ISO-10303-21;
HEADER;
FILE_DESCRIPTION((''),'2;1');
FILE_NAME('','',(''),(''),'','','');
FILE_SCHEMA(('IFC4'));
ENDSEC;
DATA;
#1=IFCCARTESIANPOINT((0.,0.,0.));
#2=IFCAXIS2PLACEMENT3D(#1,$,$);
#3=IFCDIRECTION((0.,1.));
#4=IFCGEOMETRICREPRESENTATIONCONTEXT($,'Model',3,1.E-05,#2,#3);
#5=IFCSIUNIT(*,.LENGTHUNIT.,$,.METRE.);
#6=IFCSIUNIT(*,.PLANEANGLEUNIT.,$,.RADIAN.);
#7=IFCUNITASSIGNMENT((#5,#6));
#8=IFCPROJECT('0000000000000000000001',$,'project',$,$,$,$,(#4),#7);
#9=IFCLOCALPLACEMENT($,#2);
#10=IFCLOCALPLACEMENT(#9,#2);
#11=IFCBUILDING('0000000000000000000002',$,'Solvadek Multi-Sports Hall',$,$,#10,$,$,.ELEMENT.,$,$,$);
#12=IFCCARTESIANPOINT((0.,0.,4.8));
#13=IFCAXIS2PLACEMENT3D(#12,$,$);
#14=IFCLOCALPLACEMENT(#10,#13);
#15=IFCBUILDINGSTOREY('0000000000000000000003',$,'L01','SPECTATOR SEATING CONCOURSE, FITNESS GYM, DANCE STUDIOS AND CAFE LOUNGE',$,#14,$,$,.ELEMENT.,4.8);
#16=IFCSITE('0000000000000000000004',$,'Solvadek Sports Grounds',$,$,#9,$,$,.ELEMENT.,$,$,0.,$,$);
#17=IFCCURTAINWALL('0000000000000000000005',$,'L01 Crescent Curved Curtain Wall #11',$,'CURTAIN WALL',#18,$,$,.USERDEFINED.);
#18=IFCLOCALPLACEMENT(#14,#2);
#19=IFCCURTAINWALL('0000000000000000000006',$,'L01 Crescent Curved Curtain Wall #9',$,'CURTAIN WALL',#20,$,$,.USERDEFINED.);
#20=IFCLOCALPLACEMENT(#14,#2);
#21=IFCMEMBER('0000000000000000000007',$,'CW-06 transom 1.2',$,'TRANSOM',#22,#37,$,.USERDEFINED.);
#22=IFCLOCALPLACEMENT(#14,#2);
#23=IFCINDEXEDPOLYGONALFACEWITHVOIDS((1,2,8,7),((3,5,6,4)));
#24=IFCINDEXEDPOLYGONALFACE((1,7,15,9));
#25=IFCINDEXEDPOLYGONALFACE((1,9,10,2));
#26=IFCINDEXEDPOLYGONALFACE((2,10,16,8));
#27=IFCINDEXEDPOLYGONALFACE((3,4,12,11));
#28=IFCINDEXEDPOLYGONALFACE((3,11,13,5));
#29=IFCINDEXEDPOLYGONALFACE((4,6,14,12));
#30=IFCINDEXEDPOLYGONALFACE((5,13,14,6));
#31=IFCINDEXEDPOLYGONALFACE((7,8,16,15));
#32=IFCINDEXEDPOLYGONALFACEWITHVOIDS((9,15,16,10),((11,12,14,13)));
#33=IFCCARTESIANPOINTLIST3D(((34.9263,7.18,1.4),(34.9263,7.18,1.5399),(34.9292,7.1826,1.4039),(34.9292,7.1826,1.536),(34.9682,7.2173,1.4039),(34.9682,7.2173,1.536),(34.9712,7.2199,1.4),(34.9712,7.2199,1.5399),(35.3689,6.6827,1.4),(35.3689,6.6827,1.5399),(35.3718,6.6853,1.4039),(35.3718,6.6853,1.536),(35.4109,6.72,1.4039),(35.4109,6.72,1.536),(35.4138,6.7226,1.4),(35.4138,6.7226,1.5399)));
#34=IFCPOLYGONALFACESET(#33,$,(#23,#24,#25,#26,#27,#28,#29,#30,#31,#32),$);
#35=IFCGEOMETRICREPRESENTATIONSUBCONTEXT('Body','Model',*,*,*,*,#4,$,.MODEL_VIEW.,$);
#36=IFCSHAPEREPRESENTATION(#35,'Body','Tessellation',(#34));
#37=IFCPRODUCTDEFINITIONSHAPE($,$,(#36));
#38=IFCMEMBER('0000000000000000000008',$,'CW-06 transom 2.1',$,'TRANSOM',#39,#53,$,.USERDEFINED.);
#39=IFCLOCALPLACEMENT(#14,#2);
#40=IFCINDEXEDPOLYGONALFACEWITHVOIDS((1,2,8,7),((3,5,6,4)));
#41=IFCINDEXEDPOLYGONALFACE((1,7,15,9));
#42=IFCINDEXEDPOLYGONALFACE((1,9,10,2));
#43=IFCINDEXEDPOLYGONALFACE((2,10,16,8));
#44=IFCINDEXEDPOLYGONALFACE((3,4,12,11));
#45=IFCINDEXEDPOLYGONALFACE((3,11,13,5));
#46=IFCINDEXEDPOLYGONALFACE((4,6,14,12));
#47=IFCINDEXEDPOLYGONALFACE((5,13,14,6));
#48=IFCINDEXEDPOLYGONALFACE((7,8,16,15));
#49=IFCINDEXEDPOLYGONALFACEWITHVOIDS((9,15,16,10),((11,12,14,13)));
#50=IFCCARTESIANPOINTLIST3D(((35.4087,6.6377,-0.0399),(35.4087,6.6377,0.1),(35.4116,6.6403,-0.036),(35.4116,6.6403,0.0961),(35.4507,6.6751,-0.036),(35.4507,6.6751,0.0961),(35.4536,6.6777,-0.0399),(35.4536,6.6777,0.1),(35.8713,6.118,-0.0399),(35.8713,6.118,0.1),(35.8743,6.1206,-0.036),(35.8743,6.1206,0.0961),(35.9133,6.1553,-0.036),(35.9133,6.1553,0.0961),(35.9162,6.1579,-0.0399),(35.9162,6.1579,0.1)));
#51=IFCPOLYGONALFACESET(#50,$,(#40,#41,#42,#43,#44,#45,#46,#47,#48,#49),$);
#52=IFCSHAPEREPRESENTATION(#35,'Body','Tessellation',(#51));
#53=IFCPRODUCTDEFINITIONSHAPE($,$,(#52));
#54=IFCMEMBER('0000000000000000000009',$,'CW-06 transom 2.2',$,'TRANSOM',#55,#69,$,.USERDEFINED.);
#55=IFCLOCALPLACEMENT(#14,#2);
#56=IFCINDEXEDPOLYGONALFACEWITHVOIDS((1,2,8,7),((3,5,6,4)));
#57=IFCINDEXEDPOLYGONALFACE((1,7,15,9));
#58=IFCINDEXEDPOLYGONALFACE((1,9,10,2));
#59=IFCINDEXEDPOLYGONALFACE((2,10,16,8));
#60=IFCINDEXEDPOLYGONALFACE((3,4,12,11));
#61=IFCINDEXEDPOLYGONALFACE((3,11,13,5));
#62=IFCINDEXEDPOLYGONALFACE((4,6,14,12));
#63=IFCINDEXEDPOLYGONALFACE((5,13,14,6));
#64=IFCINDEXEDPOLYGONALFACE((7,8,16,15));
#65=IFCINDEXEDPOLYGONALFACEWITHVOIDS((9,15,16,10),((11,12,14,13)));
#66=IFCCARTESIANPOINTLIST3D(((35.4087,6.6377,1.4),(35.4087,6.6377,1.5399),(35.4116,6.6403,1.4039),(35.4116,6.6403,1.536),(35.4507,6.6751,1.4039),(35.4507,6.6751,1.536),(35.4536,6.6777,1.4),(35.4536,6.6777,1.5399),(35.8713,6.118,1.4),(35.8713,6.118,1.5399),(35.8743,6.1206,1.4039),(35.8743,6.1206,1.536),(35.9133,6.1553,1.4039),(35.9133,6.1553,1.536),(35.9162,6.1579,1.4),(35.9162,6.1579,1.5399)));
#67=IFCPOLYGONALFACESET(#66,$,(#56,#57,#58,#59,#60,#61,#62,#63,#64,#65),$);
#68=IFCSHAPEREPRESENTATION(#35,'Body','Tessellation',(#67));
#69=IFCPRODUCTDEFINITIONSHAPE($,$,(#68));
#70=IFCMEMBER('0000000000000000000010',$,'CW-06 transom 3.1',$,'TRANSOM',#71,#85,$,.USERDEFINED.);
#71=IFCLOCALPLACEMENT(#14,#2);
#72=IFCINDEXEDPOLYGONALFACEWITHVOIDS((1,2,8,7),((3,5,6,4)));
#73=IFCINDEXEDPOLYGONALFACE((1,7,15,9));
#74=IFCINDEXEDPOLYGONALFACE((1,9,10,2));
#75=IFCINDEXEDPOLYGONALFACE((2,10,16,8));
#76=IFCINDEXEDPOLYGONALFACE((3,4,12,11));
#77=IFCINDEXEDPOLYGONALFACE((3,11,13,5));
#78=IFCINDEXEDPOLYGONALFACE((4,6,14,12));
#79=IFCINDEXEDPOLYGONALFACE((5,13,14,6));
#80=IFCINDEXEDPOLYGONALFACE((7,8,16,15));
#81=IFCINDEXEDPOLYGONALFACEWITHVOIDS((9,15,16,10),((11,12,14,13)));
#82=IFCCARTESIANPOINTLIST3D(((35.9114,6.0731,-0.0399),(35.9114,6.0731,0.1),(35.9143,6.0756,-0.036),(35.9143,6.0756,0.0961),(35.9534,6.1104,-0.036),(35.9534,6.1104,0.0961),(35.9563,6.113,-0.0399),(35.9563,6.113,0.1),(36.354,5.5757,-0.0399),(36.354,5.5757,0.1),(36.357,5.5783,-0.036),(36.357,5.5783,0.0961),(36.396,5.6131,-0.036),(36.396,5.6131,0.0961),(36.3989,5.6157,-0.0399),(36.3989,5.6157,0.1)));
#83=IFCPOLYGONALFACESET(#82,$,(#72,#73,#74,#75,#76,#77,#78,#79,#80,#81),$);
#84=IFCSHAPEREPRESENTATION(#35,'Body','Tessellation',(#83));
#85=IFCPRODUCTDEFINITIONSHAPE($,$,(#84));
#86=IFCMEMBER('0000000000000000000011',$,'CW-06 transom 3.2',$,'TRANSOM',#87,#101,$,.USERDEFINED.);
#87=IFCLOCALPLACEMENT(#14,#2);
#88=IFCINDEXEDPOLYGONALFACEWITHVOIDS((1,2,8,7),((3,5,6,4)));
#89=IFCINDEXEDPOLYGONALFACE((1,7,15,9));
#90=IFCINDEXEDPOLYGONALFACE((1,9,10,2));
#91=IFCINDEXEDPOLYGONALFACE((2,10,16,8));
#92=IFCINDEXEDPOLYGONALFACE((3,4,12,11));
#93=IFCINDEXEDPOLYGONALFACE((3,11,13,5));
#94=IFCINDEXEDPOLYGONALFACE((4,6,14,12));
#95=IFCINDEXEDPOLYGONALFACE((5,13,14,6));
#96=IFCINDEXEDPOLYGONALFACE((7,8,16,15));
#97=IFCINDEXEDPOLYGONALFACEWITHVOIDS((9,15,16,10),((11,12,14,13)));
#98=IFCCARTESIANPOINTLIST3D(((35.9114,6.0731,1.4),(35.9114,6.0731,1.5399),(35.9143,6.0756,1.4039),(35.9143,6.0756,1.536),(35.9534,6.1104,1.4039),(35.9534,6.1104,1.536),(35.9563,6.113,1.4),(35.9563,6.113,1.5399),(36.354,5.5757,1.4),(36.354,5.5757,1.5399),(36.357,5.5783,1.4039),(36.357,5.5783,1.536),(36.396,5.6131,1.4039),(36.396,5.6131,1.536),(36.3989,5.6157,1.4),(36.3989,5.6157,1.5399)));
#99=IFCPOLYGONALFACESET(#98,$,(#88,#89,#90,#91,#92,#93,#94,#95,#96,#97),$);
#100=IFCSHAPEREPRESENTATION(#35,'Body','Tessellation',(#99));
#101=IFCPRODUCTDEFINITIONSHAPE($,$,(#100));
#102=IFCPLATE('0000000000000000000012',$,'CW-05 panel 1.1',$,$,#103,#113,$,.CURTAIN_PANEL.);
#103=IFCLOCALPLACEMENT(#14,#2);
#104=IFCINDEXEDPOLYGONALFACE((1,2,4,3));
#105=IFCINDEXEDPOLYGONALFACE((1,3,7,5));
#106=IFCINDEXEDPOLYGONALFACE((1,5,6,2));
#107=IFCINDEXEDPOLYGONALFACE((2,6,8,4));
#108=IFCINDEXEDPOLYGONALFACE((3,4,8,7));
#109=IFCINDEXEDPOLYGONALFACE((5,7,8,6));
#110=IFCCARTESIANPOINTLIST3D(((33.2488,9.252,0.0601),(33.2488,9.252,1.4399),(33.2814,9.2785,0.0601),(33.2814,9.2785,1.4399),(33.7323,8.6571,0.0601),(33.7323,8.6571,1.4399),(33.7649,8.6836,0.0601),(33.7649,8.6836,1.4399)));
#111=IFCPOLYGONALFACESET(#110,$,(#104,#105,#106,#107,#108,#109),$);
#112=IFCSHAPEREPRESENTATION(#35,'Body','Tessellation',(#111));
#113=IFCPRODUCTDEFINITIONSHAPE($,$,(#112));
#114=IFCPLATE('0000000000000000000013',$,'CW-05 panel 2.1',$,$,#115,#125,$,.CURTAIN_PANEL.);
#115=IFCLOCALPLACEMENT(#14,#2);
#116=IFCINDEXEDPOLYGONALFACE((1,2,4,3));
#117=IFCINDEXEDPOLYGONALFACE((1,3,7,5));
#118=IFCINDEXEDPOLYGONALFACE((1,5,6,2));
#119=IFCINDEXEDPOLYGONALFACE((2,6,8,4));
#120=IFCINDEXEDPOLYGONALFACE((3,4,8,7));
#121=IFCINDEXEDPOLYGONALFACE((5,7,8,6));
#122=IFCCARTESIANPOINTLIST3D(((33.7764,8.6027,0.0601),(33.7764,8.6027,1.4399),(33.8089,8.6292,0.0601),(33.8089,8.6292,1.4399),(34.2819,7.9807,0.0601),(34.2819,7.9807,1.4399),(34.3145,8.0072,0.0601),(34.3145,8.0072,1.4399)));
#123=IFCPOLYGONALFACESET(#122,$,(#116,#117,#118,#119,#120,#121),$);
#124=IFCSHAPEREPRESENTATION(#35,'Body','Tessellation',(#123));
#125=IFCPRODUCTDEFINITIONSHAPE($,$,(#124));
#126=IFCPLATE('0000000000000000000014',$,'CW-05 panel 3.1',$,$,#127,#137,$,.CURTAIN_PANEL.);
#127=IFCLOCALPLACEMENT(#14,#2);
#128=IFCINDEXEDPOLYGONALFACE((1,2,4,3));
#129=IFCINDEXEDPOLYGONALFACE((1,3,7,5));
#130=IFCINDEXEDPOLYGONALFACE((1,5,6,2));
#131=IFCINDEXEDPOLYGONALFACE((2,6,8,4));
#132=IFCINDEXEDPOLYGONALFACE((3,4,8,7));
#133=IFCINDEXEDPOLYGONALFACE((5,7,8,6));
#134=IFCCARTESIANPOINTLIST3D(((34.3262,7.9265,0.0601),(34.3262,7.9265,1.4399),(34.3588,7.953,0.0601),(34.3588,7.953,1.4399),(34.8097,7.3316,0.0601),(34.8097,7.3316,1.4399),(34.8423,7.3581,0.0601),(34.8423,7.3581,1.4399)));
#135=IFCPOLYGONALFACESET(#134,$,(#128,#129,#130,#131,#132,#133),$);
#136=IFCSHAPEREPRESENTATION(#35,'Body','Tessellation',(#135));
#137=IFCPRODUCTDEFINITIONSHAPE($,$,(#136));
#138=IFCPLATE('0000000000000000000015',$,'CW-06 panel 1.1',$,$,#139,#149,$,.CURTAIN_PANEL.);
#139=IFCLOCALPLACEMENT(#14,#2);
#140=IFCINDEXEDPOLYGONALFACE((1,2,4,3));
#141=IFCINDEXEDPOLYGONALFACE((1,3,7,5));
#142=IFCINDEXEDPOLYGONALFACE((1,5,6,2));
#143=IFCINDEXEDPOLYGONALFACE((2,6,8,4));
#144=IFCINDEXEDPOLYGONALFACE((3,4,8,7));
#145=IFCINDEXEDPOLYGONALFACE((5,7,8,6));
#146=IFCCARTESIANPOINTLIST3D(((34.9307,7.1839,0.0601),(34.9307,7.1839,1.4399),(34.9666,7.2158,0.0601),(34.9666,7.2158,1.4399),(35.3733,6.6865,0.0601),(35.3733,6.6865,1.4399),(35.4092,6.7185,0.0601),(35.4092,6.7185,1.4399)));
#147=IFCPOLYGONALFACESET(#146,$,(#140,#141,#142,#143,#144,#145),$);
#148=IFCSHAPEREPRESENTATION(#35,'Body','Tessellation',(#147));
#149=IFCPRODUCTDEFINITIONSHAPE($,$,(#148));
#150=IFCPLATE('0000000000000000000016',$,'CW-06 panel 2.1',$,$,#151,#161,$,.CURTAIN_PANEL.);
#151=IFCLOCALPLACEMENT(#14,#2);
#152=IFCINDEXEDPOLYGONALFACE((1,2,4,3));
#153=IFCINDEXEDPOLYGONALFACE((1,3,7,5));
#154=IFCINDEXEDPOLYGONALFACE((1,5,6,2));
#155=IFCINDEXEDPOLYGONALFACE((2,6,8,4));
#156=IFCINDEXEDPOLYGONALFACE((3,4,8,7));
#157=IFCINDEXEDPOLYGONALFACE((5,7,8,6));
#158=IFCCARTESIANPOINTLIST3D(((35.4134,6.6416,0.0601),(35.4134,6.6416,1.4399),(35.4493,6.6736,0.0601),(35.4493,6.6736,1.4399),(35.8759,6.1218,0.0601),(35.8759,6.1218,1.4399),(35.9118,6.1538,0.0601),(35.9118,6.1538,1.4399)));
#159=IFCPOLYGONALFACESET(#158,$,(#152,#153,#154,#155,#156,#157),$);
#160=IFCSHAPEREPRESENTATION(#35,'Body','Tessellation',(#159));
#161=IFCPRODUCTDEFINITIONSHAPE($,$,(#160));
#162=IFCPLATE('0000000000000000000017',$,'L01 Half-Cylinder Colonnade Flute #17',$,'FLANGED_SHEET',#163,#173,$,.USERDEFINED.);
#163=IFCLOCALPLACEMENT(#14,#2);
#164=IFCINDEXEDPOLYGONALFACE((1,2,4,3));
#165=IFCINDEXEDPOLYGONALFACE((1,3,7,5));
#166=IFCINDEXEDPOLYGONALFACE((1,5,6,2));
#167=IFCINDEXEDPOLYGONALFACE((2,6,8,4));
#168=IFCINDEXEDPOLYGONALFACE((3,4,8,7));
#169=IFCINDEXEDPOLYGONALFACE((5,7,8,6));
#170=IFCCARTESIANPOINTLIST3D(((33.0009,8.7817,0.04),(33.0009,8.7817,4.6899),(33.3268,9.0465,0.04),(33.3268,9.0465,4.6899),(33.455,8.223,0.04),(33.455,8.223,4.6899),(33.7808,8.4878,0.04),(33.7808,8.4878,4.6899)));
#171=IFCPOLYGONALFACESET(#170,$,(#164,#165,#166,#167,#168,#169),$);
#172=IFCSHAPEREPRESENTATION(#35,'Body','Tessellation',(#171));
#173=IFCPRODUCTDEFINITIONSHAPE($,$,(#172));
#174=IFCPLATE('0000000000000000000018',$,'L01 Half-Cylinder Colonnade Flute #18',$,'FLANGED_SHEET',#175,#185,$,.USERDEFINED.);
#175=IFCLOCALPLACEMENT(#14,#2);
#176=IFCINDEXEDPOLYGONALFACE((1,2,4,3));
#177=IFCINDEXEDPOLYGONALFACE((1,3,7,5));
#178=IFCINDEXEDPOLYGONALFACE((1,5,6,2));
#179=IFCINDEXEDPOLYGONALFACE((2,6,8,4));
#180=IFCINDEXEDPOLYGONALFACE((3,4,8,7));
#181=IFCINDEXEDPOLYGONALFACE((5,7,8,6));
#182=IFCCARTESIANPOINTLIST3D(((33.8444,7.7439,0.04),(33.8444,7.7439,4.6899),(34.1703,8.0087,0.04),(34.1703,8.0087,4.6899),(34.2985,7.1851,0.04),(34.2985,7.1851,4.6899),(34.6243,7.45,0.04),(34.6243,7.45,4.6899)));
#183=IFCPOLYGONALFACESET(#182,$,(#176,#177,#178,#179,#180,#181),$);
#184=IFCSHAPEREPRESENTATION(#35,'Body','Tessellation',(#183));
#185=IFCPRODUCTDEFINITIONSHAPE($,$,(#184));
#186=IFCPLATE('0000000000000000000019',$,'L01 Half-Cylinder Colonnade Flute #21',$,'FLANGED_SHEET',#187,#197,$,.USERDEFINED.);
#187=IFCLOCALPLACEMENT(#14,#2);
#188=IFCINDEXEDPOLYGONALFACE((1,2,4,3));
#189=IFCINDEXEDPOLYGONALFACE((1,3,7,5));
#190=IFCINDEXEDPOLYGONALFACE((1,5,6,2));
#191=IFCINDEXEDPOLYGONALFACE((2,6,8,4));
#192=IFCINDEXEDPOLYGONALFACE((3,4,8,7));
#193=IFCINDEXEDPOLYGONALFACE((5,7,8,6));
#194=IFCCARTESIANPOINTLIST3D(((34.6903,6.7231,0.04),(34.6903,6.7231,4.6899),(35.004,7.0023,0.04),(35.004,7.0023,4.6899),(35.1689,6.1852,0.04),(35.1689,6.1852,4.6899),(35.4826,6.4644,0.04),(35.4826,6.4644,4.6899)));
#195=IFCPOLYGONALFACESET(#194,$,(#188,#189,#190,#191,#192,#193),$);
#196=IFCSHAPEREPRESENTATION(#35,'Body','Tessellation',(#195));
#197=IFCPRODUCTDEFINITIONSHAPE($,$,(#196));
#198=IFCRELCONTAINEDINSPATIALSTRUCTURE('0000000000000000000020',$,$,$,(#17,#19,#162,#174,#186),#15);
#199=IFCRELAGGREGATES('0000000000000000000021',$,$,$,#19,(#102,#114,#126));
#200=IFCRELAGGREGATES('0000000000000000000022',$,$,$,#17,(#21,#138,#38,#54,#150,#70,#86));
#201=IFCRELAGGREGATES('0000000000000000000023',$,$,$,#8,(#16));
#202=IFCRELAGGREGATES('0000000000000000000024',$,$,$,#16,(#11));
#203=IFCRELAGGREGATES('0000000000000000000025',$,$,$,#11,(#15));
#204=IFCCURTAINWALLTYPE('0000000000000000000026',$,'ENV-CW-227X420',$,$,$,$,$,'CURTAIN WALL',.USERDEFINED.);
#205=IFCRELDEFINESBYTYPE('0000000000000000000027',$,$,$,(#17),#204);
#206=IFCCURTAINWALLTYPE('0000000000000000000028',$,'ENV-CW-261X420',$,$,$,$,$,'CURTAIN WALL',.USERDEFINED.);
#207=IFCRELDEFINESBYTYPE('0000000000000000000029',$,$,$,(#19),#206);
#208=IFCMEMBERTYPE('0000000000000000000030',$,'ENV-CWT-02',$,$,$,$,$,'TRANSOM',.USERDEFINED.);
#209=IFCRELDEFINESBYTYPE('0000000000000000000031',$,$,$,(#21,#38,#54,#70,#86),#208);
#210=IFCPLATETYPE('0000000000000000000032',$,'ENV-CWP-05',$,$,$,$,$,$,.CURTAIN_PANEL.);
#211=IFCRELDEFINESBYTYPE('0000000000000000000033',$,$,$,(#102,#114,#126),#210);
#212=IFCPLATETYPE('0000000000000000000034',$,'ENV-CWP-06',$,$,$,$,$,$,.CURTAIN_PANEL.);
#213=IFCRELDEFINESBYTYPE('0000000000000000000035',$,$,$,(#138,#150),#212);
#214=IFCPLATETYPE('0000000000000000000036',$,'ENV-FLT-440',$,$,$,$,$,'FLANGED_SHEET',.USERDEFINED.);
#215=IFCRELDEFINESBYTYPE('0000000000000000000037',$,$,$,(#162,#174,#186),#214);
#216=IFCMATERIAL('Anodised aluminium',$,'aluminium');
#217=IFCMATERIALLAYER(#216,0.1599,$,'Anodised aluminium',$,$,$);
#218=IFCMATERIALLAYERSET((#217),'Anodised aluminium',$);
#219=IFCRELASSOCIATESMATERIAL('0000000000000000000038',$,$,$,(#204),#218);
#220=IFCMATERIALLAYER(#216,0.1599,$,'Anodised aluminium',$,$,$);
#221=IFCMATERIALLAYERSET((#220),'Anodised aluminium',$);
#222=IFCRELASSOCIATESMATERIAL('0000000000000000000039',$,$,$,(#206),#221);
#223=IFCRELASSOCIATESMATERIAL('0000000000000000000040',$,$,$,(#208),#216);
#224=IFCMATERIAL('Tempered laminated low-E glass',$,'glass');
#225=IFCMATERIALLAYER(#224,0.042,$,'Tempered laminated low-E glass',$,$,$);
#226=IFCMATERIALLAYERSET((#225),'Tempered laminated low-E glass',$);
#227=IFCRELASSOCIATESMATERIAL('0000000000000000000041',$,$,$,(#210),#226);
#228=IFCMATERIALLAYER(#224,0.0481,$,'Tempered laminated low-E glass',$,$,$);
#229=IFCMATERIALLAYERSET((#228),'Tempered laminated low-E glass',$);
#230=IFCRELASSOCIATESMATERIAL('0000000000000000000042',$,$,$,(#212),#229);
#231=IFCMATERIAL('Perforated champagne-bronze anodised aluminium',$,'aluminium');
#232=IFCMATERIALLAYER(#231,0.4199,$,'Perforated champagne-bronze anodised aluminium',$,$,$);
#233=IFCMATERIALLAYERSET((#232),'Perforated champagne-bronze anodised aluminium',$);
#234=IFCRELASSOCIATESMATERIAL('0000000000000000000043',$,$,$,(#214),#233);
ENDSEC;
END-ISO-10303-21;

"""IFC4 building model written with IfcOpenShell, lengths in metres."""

from ifc_helpers import new_model, si_unit, direction, frame, origin, origin_2d, place, context, subcontext, project, spatial, rectangle, hollow_rectangle, extrude, material, layer, layer_set, material_profile, profile_set, type_object, element, aggregate, save


model = new_model("IFC4")

# Units and contexts
model_context = context("Model", 3, precision=1e-05, world=origin(), true_north=direction((0.0, 1.0)))
body_context = subcontext(model_context, "Body", "Model", "MODEL_VIEW")
ifc_project = project(units=[si_unit("LENGTHUNIT", "METRE"), si_unit("PLANEANGLEUNIT", "RADIAN")], contexts=[model_context])

# Site, building, storey
site_placement = place(None, origin())
site = spatial("IfcSite", under=ifc_project, at=site_placement, Name="Solvadek Sports Grounds", CompositionType="ELEMENT", RefElevation=0.0)
building_placement = place(site_placement, origin())
building = spatial("IfcBuilding", under=site, at=building_placement, Name="Solvadek Multi-Sports Hall", CompositionType="ELEMENT")
storey_placement = place(building_placement, frame((0.0, 0.0, 4.8)))
storey = spatial("IfcBuildingStorey", under=building, at=storey_placement, Name="L01", Description="SPECTATOR SEATING CONCOURSE, FITNESS GYM, DANCE STUDIOS AND CAFE LOUNGE", CompositionType="ELEMENT", Elevation=4.8)

# Curtain walls
ifc_material_1 = material(Name="Anodised aluminium", Category="aluminium")
ifc_layer_1 = layer(ifc_material_1, 0.1599, Name="Anodised aluminium")
ifc_layer_set_1 = layer_set([ifc_layer_1], Name="Anodised aluminium")
curtain_wall_type_1 = type_object("IfcCurtainWallType", Name="ENV-CW-227X420", ElementType="CURTAIN WALL", PredefinedType="USERDEFINED", material=ifc_layer_set_1)
curtain_wall_1_placement = place(storey_placement, origin())
curtain_wall_1 = element("IfcCurtainWall", 1, at=curtain_wall_1_placement, inside=storey, type_object=curtain_wall_type_1, Name="L01 Crescent Curved Curtain Wall #11", ObjectType="CURTAIN WALL", PredefinedType="USERDEFINED")
ifc_layer_2 = layer(ifc_material_1, 0.1599, Name="Anodised aluminium")
ifc_layer_set_2 = layer_set([ifc_layer_2], Name="Anodised aluminium")
curtain_wall_type_2 = type_object("IfcCurtainWallType", Name="ENV-CW-261X420", ElementType="CURTAIN WALL", PredefinedType="USERDEFINED", material=ifc_layer_set_2)
curtain_wall_2_placement = place(storey_placement, origin())
curtain_wall_2 = element("IfcCurtainWall", 2, at=curtain_wall_2_placement, inside=storey, type_object=curtain_wall_type_2, Name="L01 Crescent Curved Curtain Wall #9", ObjectType="CURTAIN WALL", PredefinedType="USERDEFINED")

# Members
ifc_material_profile_1 = material_profile(ifc_material_1, hollow_rectangle(XDim=0.0601, YDim=0.1399, WallThickness=0.0039, at=origin_2d()), Name="ALU-T 140x60x4")
ifc_profile_set_1 = profile_set([ifc_material_profile_1], Name="Anodised aluminium")
member_type_1 = type_object("IfcMemberType", Name="ENV-CWT-02", ElementType="TRANSOM", PredefinedType="USERDEFINED", material=ifc_profile_set_1)
member_1_placement = place(storey_placement, frame((34.9487, 7.2, 1.47), z_axis=(0.664842, -0.746984, 0.0), x_axis=(0.746984, 0.664842, 0.0)))
member_1 = element("IfcMember", 3, at=member_1_placement, type_object=member_type_1, Name="CW-06 transom 1.2", ObjectType="TRANSOM", PredefinedType="USERDEFINED", context=body_context, shape_type="SweptSolid", body=[
    extrude(hollow_rectangle(XDim=0.0601, YDim=0.1399, WallThickness=0.0039, at=origin_2d()), origin(), (0.0, 0.0, 1.0), 0.6658),
])
member_2_placement = place(storey_placement, frame((35.4312, 6.6577, 0.03), z_axis=(0.664865, -0.746964, 0.0), x_axis=(0.746964, 0.664865, 0.0)))
member_2 = element("IfcMember", 4, at=member_2_placement, type_object=member_type_1, Name="CW-06 transom 2.1", ObjectType="TRANSOM", PredefinedType="USERDEFINED", context=body_context, shape_type="SweptSolid", body=[
    extrude(hollow_rectangle(XDim=0.0601, YDim=0.1399, WallThickness=0.0039, at=origin_2d()), origin(), (0.0, 0.0, 1.0), 0.6958),
])
member_3_placement = place(storey_placement, frame((35.4312, 6.6577, 1.47), z_axis=(0.664865, -0.746964, 0.0), x_axis=(0.746964, 0.664865, 0.0)))
member_3 = element("IfcMember", 5, at=member_3_placement, type_object=member_type_1, Name="CW-06 transom 2.2", ObjectType="TRANSOM", PredefinedType="USERDEFINED", context=body_context, shape_type="SweptSolid", body=[
    extrude(hollow_rectangle(XDim=0.0601, YDim=0.1399, WallThickness=0.0039, at=origin_2d()), origin(), (0.0, 0.0, 1.0), 0.6958),
])
member_4_placement = place(storey_placement, frame((35.9338, 6.093, 0.03), z_axis=(0.664842, -0.746984, 0.0), x_axis=(0.746984, 0.664842, 0.0)))
member_4 = element("IfcMember", 6, at=member_4_placement, type_object=member_type_1, Name="CW-06 transom 3.1", ObjectType="TRANSOM", PredefinedType="USERDEFINED", context=body_context, shape_type="SweptSolid", body=[
    extrude(hollow_rectangle(XDim=0.0601, YDim=0.1399, WallThickness=0.0039, at=origin_2d()), origin(), (0.0, 0.0, 1.0), 0.6658),
])
member_5_placement = place(storey_placement, frame((35.9338, 6.093, 1.47), z_axis=(0.664842, -0.746984, 0.0), x_axis=(0.746984, 0.664842, 0.0)))
member_5 = element("IfcMember", 7, at=member_5_placement, type_object=member_type_1, Name="CW-06 transom 3.2", ObjectType="TRANSOM", PredefinedType="USERDEFINED", context=body_context, shape_type="SweptSolid", body=[
    extrude(hollow_rectangle(XDim=0.0601, YDim=0.1399, WallThickness=0.0039, at=origin_2d()), origin(), (0.0, 0.0, 1.0), 0.6658),
])

# Plates
ifc_material_2 = material(Name="Tempered laminated low-E glass", Category="glass")
ifc_layer_3 = layer(ifc_material_2, 0.042, Name="Tempered laminated low-E glass")
ifc_layer_set_3 = layer_set([ifc_layer_3], Name="Tempered laminated low-E glass")
plate_type_1 = type_object("IfcPlateType", Name="ENV-CWP-05", PredefinedType="CURTAIN_PANEL", material=ifc_layer_set_3)
plate_1_placement = place(storey_placement, frame((33.5068, 8.9678, 0.0601), z_axis=(0.0, 0.0, 1.0), x_axis=(0.630693, -0.776032, 0.0)))
plate_1 = element("IfcPlate", 8, at=plate_1_placement, type_object=plate_type_1, Name="CW-05 panel 1.1", PredefinedType="CURTAIN_PANEL", context=body_context, shape_type="SweptSolid", body=[
    extrude(rectangle(XDim=0.7666, YDim=0.042, at=origin_2d()), origin(), (0.0, 0.0, 1.0), 1.3799),
])
plate_2_placement = place(storey_placement, frame((34.0454, 8.3049, 0.0601), z_axis=(0.0, 0.0, 1.0), x_axis=(0.630693, -0.776032, 0.0)))
plate_2 = element("IfcPlate", 9, at=plate_2_placement, type_object=plate_type_1, Name="CW-05 panel 2.1", PredefinedType="CURTAIN_PANEL", context=body_context, shape_type="SweptSolid", body=[
    extrude(rectangle(XDim=0.8015, YDim=0.042, at=origin_2d()), origin(), (0.0, 0.0, 1.0), 1.3799),
])
plate_3_placement = place(storey_placement, frame((34.5842, 7.6423, 0.0601), z_axis=(0.0, 0.0, 1.0), x_axis=(0.630693, -0.776032, 0.0)))
plate_3 = element("IfcPlate", 10, at=plate_3_placement, type_object=plate_type_1, Name="CW-05 panel 3.1", PredefinedType="CURTAIN_PANEL", context=body_context, shape_type="SweptSolid", body=[
    extrude(rectangle(XDim=0.7666, YDim=0.042, at=origin_2d()), origin(), (0.0, 0.0, 1.0), 1.3799),
])
aggregate(curtain_wall_2, [plate_1, plate_2, plate_3])
ifc_layer_4 = layer(ifc_material_2, 0.0481, Name="Tempered laminated low-E glass")
ifc_layer_set_4 = layer_set([ifc_layer_4], Name="Tempered laminated low-E glass")
plate_type_2 = type_object("IfcPlateType", Name="ENV-CWP-06", PredefinedType="CURTAIN_PANEL", material=ifc_layer_set_4)
plate_4_placement = place(storey_placement, frame((35.1699, 6.9512, 0.0601), z_axis=(0.0, 0.0, 1.0), x_axis=(0.664788, -0.747032, 0.0)))
plate_4 = element("IfcPlate", 11, at=plate_4_placement, type_object=plate_type_2, Name="CW-06 panel 1.1", PredefinedType="CURTAIN_PANEL", context=body_context, shape_type="SweptSolid", body=[
    extrude(rectangle(XDim=0.6658, YDim=0.0481, at=origin_2d()), origin(), (0.0, 0.0, 1.0), 1.3799),
])
plate_5_placement = place(storey_placement, frame((35.6626, 6.3977, 0.0601), z_axis=(0.0, 0.0, 1.0), x_axis=(0.664788, -0.747032, 0.0)))
plate_5 = element("IfcPlate", 12, at=plate_5_placement, type_object=plate_type_2, Name="CW-06 panel 2.1", PredefinedType="CURTAIN_PANEL", context=body_context, shape_type="SweptSolid", body=[
    extrude(rectangle(XDim=0.6958, YDim=0.0481, at=origin_2d()), origin(), (0.0, 0.0, 1.0), 1.3799),
])
aggregate(curtain_wall_1, [member_1, plate_4, member_2, member_3, plate_5, member_4, member_5])

# Plates
ifc_material_3 = material(Name="Perforated champagne-bronze anodised aluminium", Category="aluminium")
ifc_layer_5 = layer(ifc_material_3, 0.4199, Name="Perforated champagne-bronze anodised aluminium")
ifc_layer_set_5 = layer_set([ifc_layer_5], Name="Perforated champagne-bronze anodised aluminium")
plate_type_3 = type_object("IfcPlateType", Name="ENV-FLT-440", ElementType="FLANGED_SHEET", PredefinedType="USERDEFINED", material=ifc_layer_set_5)
for number, where, z_axis, x_axis, name in (
    (13, (33.3909, 8.6348, 0.04), (0.0, 0.0, 1.0), (0.630677, -0.776045, 0.0), "L01 Half-Cylinder Colonnade Flute #17"),
    (14, (34.2344, 7.5969, 0.04), (0.0, 0.0, 1.0), (0.630677, -0.776045, 0.0), "L01 Half-Cylinder Colonnade Flute #18"),
    (15, (35.0864, 6.5938, 0.04), (0.0, 0.0, 1.0), (0.664767, -0.74705, 0.0), "L01 Half-Cylinder Colonnade Flute #21"),
):
    element("IfcPlate", number, at=place(storey_placement, frame(where, z_axis=z_axis, x_axis=x_axis)), inside=storey, type_object=plate_type_3, Name=name, ObjectType="FLANGED_SHEET", PredefinedType="USERDEFINED", context=body_context, shape_type="SweptSolid", body=[
        extrude(rectangle(XDim=0.72, YDim=0.4199, at=origin_2d()), origin(), (0.0, 0.0, 1.0), 4.6499),
    ])

save(model, "model.ifc")
